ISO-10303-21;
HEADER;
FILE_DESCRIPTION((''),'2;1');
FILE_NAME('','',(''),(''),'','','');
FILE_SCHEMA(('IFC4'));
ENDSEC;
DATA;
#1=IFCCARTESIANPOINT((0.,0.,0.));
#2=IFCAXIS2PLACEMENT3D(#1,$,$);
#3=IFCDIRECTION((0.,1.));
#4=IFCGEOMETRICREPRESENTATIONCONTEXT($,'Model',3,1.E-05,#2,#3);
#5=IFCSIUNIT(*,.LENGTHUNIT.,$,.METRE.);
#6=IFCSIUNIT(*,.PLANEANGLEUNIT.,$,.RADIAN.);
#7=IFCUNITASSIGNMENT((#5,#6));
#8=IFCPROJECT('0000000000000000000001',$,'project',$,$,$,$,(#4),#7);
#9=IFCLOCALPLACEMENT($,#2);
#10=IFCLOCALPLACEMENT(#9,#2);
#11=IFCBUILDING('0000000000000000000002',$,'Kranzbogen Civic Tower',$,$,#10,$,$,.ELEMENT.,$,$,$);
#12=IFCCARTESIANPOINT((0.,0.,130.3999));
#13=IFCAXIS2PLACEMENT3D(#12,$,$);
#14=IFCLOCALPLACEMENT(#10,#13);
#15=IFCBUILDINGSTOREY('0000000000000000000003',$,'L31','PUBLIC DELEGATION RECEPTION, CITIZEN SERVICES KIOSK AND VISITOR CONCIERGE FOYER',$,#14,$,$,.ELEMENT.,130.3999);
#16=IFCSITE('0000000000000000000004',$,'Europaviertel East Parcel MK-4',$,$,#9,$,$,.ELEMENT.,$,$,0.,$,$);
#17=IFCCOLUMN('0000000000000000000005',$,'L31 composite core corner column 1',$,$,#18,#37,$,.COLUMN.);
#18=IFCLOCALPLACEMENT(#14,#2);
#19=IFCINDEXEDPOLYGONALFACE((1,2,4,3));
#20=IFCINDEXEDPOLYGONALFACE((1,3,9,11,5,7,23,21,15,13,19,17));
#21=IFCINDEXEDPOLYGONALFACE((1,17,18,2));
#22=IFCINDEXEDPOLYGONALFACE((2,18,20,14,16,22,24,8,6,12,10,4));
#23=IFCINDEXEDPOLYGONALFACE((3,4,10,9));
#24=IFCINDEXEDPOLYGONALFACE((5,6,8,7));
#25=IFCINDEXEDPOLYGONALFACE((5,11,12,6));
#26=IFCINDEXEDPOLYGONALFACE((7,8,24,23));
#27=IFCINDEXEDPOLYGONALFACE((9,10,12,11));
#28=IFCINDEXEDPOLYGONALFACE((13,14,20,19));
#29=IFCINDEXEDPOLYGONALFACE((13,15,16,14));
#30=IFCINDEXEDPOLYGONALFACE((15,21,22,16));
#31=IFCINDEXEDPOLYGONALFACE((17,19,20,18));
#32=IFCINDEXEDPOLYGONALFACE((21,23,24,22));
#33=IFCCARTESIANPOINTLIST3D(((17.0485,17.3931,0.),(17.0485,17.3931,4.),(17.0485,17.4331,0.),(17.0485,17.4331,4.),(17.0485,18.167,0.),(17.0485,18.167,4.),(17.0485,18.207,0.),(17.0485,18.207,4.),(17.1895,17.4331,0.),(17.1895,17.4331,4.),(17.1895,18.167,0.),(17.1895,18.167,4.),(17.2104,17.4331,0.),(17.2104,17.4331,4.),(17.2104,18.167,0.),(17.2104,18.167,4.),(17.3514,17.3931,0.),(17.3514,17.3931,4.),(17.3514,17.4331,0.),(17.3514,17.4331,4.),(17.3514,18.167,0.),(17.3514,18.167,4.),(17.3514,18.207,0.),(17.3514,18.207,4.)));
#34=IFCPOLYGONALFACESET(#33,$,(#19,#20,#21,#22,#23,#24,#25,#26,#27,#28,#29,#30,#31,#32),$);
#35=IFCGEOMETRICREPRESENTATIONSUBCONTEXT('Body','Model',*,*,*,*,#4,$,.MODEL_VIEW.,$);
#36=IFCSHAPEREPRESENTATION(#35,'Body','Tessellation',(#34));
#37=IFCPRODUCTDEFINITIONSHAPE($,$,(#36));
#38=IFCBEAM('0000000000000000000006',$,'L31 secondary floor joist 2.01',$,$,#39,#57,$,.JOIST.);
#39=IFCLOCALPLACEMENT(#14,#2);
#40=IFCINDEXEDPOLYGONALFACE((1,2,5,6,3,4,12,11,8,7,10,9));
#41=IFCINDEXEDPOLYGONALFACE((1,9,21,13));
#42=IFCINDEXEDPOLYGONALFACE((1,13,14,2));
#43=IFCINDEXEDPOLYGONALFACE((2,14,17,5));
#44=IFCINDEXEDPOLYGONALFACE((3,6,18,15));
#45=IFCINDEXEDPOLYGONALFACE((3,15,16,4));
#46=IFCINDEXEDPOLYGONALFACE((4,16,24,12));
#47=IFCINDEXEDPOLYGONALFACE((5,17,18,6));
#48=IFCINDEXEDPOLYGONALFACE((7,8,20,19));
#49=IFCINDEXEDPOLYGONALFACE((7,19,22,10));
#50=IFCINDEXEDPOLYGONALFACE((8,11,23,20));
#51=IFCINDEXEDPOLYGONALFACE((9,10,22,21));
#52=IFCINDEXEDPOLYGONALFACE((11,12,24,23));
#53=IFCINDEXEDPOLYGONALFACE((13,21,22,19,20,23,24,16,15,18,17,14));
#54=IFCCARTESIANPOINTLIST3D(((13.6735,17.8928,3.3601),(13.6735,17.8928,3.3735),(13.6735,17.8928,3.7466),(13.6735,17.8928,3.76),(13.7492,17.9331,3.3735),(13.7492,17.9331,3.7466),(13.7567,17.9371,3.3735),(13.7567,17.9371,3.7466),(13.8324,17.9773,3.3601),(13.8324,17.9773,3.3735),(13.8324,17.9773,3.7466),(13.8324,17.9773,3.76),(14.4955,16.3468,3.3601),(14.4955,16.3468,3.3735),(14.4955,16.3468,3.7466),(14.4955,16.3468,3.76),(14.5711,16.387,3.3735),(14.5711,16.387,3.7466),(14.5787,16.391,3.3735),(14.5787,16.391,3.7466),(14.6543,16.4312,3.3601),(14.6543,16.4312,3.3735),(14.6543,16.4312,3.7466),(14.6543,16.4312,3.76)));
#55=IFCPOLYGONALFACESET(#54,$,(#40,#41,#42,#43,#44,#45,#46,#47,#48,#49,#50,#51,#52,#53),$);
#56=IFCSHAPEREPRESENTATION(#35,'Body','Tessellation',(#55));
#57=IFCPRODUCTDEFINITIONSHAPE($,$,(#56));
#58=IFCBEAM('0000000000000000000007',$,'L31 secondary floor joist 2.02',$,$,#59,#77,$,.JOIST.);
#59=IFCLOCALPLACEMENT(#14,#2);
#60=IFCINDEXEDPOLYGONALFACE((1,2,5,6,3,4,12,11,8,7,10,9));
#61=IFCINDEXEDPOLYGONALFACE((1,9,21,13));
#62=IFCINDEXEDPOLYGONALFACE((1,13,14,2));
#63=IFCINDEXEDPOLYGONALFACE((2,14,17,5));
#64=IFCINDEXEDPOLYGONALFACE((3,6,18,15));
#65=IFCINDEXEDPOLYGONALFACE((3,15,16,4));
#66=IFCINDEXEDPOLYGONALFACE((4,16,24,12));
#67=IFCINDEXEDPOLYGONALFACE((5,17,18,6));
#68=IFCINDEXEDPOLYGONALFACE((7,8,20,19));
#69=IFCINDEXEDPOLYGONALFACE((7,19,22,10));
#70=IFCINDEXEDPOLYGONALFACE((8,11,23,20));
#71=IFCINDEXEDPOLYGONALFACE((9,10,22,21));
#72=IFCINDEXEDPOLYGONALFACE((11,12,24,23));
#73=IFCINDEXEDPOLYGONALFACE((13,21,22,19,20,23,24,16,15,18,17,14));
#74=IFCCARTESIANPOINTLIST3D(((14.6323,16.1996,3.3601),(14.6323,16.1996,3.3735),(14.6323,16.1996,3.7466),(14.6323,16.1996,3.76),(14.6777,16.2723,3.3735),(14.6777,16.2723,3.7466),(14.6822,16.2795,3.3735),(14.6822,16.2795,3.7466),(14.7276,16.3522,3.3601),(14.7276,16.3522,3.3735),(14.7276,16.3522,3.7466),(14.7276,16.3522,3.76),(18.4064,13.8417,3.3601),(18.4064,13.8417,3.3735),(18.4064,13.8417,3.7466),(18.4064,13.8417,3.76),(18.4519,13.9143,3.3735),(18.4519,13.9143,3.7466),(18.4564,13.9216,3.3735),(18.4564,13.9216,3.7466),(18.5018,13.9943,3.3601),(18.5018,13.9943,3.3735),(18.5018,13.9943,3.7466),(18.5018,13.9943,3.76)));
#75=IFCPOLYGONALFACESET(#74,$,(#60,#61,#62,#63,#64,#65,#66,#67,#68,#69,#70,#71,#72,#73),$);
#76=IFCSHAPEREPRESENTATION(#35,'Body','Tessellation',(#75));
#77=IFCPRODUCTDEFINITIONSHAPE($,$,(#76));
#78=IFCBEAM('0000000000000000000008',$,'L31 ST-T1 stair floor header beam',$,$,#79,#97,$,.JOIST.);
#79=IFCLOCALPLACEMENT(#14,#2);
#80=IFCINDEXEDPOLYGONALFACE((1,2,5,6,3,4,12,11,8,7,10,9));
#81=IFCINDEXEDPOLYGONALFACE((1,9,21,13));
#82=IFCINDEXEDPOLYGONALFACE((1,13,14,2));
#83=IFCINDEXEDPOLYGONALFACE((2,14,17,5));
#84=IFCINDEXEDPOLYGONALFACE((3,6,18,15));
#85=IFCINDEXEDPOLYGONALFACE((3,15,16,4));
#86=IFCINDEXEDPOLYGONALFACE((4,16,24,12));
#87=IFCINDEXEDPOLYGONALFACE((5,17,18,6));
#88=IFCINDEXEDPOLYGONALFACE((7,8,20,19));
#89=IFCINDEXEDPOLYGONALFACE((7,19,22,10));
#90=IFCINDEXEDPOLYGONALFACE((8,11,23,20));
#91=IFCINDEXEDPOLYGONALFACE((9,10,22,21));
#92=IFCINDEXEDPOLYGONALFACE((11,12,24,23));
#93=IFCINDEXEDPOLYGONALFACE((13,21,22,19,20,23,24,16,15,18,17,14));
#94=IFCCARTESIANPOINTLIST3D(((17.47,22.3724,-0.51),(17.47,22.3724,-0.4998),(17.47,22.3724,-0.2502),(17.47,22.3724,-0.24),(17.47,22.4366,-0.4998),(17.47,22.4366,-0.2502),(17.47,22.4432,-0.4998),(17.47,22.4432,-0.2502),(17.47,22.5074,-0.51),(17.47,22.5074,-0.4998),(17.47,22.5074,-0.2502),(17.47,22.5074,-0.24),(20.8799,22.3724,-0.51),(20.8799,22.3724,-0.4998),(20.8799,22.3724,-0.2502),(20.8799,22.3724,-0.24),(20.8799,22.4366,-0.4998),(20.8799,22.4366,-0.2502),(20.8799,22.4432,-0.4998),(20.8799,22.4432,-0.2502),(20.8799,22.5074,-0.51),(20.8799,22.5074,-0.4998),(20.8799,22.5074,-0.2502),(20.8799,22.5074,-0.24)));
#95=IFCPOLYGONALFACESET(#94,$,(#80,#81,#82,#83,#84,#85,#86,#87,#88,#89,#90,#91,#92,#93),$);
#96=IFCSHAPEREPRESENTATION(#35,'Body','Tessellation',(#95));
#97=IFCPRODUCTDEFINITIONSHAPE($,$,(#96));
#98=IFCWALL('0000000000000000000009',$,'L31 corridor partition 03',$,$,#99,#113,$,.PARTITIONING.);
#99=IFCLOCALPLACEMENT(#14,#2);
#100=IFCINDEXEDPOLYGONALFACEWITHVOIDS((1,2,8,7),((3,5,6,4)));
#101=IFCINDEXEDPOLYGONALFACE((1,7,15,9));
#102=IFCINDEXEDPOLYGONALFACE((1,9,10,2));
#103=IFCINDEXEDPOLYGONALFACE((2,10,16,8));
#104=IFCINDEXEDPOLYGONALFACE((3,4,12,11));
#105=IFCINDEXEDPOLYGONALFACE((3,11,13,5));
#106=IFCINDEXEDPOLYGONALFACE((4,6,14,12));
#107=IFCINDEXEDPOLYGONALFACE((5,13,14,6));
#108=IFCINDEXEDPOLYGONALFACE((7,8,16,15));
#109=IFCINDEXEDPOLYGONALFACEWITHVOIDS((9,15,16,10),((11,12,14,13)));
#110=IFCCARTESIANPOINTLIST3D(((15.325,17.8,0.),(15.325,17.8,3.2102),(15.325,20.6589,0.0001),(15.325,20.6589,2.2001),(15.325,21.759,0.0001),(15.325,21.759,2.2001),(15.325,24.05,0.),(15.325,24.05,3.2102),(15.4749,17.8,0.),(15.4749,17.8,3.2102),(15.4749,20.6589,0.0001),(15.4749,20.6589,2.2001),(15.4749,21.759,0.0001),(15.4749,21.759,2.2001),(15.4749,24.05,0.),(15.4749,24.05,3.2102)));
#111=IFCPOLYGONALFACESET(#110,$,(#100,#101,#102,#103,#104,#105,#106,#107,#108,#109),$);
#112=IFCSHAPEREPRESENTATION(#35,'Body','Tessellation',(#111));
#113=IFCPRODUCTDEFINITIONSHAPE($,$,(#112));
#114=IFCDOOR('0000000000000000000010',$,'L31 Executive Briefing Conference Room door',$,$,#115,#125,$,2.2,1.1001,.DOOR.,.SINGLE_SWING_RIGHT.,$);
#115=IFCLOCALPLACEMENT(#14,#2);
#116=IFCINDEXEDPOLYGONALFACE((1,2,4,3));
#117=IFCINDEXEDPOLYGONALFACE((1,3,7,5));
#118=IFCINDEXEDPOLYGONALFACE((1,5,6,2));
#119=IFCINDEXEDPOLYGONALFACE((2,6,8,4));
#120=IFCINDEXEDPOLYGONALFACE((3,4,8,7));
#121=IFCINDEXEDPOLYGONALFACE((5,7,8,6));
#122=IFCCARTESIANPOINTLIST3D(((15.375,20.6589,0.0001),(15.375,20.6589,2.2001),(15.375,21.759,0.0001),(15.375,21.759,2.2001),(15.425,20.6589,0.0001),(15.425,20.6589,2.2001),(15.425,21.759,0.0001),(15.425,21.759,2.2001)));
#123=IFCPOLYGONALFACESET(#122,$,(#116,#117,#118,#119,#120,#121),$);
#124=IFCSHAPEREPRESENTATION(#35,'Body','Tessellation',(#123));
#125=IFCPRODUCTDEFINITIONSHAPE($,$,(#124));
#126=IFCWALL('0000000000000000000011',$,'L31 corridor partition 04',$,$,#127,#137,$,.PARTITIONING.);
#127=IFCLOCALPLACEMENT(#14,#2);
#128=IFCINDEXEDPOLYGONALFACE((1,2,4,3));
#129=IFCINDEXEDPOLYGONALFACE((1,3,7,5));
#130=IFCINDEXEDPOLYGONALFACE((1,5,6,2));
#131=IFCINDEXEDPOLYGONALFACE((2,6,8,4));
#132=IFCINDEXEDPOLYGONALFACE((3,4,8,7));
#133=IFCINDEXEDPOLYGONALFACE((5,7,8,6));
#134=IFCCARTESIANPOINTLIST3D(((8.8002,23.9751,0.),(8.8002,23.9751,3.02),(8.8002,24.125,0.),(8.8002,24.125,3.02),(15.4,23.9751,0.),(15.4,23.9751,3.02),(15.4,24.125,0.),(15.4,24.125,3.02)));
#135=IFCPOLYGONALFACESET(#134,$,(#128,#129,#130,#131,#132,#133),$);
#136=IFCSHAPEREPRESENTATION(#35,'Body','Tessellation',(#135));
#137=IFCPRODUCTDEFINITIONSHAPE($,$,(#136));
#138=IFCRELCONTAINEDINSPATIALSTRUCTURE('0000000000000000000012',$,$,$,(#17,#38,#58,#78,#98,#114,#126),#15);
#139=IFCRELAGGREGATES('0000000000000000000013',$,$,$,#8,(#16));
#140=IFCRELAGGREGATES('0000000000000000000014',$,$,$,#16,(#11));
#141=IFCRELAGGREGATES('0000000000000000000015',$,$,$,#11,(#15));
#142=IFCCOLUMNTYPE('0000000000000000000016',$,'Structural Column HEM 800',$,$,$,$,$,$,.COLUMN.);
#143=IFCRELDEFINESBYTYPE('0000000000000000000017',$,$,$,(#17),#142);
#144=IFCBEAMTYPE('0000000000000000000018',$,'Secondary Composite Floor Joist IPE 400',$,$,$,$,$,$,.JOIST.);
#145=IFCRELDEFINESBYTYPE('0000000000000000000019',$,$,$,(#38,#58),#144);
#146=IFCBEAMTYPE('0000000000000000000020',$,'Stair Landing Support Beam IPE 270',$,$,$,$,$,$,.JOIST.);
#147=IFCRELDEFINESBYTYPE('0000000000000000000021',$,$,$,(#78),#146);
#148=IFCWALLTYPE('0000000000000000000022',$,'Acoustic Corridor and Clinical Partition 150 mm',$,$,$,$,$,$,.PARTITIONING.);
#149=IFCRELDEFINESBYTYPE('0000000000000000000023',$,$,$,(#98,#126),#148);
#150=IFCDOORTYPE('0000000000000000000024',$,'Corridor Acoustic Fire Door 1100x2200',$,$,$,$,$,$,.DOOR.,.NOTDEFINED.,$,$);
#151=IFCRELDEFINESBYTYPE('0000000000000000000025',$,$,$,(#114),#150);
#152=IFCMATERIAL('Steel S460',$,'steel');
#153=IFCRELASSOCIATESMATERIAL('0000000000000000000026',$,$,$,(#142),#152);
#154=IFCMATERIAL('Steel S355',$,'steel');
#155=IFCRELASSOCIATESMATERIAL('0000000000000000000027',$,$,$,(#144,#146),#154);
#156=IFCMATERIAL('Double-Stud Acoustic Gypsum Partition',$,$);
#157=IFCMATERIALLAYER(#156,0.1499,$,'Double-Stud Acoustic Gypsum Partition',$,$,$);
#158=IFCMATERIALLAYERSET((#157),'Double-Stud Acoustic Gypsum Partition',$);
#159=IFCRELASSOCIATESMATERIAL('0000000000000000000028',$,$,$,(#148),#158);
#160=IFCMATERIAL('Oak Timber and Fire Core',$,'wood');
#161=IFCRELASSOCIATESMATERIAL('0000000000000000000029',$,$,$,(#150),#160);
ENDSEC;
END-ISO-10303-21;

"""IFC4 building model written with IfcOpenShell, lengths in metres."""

from ifc_helpers import new_model, si_unit, direction, frame, frame_2d, origin, origin_2d, place, context, subcontext, project, spatial, rectangle, i_section, extrude, material, layer, layer_set, material_profile, profile_set, type_object, element, fill, save


model = new_model("IFC4")

# Units and contexts
model_context = context("Model", 3, precision=1e-05, world=origin(), true_north=direction((0.0, 1.0)))
body_context = subcontext(model_context, "Body", "Model", "MODEL_VIEW")
ifc_project = project(units=[si_unit("LENGTHUNIT", "METRE"), si_unit("PLANEANGLEUNIT", "RADIAN")], contexts=[model_context])

# Site, building, storey
site_placement = place(None, origin())
site = spatial("IfcSite", under=ifc_project, at=site_placement, Name="Europaviertel East Parcel MK-4", CompositionType="ELEMENT", RefElevation=0.0)
building_placement = place(site_placement, origin())
building = spatial("IfcBuilding", under=site, at=building_placement, Name="Kranzbogen Civic Tower", CompositionType="ELEMENT")
storey_placement = place(building_placement, frame((0.0, 0.0, 130.3999)))
storey = spatial("IfcBuildingStorey", under=building, at=storey_placement, Name="L31", Description="PUBLIC DELEGATION RECEPTION, CITIZEN SERVICES KIOSK AND VISITOR CONCIERGE FOYER", CompositionType="ELEMENT", Elevation=130.3999)

# Column
ifc_material_1 = material(Name="Steel S460", Category="steel")
ifc_material_profile_1 = material_profile(ifc_material_1, i_section(OverallWidth=0.303, OverallDepth=0.814, WebThickness=0.021, FlangeThickness=0.04, at=origin_2d()), Name="HEM 800")
ifc_profile_set_1 = profile_set([ifc_material_profile_1], Name="Steel S460")
column_type = type_object("IfcColumnType", Name="Structural Column HEM 800", PredefinedType="COLUMN", material=ifc_profile_set_1)
column_placement = place(storey_placement, frame((17.2, 17.8, 0.0), z_axis=(0.0, 0.0, 1.0), x_axis=(1.0, 0.0, 0.0)))
element("IfcColumn", 1, at=column_placement, inside=storey, type_object=column_type, Name="L31 composite core corner column 1", PredefinedType="COLUMN", context=body_context, shape_type="SweptSolid", body=[
    extrude(i_section(OverallWidth=0.303, OverallDepth=0.814, WebThickness=0.021, FlangeThickness=0.04, at=origin_2d()), origin(), (0.0, 0.0, 1.0), 4.0),
])

# Beams
ifc_material_2 = material(Name="Steel S355", Category="steel")
ifc_material_profile_2 = material_profile(ifc_material_2, i_section(OverallWidth=0.1799, OverallDepth=0.3999, WebThickness=0.0085, FlangeThickness=0.0134, at=origin_2d()), Name="IPE 400")
ifc_profile_set_2 = profile_set([ifc_material_profile_2], Name="Steel S355")
beam_type_1 = type_object("IfcBeamType", Name="Secondary Composite Floor Joist IPE 400", PredefinedType="JOIST", material=ifc_profile_set_2)
beam_1_placement = place(storey_placement, frame((13.7529, 17.9351, 3.5601), z_axis=(0.469437, -0.882966, 0.0), x_axis=(0.882966, 0.469437, 0.0)))
element("IfcBeam", 2, at=beam_1_placement, inside=storey, type_object=beam_type_1, Name="L31 secondary floor joist 2.01", PredefinedType="JOIST", context=body_context, shape_type="SweptSolid", body=[
    extrude(i_section(OverallWidth=0.1799, OverallDepth=0.3999, WebThickness=0.0085, FlangeThickness=0.0134, at=origin_2d()), origin(), (0.0, 0.0, 1.0), 1.751),
])
beam_2_placement = place(storey_placement, frame((14.6799, 16.2759, 3.5601), z_axis=(0.848094, -0.529846, 0.0), x_axis=(0.529846, 0.848094, 0.0)))
element("IfcBeam", 3, at=beam_2_placement, inside=storey, type_object=beam_type_1, Name="L31 secondary floor joist 2.02", PredefinedType="JOIST", context=body_context, shape_type="SweptSolid", body=[
    extrude(i_section(OverallWidth=0.1799, OverallDepth=0.3999, WebThickness=0.0085, FlangeThickness=0.0134, at=origin_2d()), origin(), (0.0, 0.0, 1.0), 4.4502),
])
ifc_material_profile_3 = material_profile(ifc_material_2, i_section(OverallWidth=0.135, OverallDepth=0.27, WebThickness=0.0066, FlangeThickness=0.0103, at=origin_2d()), Name="IPE 270")
ifc_profile_set_3 = profile_set([ifc_material_profile_3], Name="Steel S355")
beam_type_2 = type_object("IfcBeamType", Name="Stair Landing Support Beam IPE 270", PredefinedType="JOIST", material=ifc_profile_set_3)
beam_3_placement = place(storey_placement, frame((20.8799, 22.4399, -0.375), z_axis=(-1.0, 0.0, 0.0), x_axis=(0.0, -1.0, 0.0)))
element("IfcBeam", 4, at=beam_3_placement, inside=storey, type_object=beam_type_2, Name="L31 ST-T1 stair floor header beam", PredefinedType="JOIST", context=body_context, shape_type="SweptSolid", body=[
    extrude(i_section(OverallWidth=0.135, OverallDepth=0.27, WebThickness=0.0066, FlangeThickness=0.0103, at=origin_2d()), origin(), (0.0, 0.0, 1.0), 3.4099),
])

# Wall, opening, door
ifc_material_3 = material(Name="Double-Stud Acoustic Gypsum Partition")
ifc_layer_1 = layer(ifc_material_3, 0.1499, Name="Double-Stud Acoustic Gypsum Partition")
ifc_layer_set_1 = layer_set([ifc_layer_1], Name="Double-Stud Acoustic Gypsum Partition")
wall_type_1 = type_object("IfcWallType", Name="Acoustic Corridor and Clinical Partition 150 mm", PredefinedType="PARTITIONING", material=ifc_layer_set_1)
wall_1_placement = place(storey_placement, frame((15.3999, 17.8, 0.0), z_axis=(0.0, 0.0, 1.0), x_axis=(0.0, 1.0, 0.0)))
wall_1 = element("IfcWall", 5, at=wall_1_placement, inside=storey, type_object=wall_type_1, Name="L31 corridor partition 03", PredefinedType="PARTITIONING", context=body_context, shape_type="SweptSolid", body=[
    extrude(rectangle(XDim=6.25, YDim=0.1499, at=frame_2d((3.125, 0.0))), origin(), (0.0, 0.0, 1.0), 3.2102),
])
opening_1_placement = place(wall_1_placement, frame((2.8589, 0.0, 0.0)))
opening_1 = element("IfcOpeningElement", 6, at=opening_1_placement, cuts=wall_1, PredefinedType="OPENING", context=body_context, shape_type="SweptSolid", body=[
    extrude(rectangle(XDim=1.1001, YDim=2.2, at=frame_2d((0.55, 1.1001))), frame((0.0, 0.085, 0.0), z_axis=(0.0, -1.0, 0.0), x_axis=(1.0, 0.0, 0.0)), (0.0, 0.0, 1.0), 0.1699),
])
ifc_material_4 = material(Name="Oak Timber and Fire Core", Category="wood")
door_type_1 = type_object("IfcDoorType", Name="Corridor Acoustic Fire Door 1100x2200", OperationType="NOTDEFINED", PredefinedType="DOOR", material=ifc_material_4)
door_1_placement = place(opening_1_placement, origin())
door_1 = element("IfcDoor", 7, at=door_1_placement, inside=storey, type_object=door_type_1, Name="L31 Executive Briefing Conference Room door", OperationType="SINGLE_SWING_RIGHT", OverallHeight=2.2, OverallWidth=1.1001, PredefinedType="DOOR", context=body_context, shape_type="SweptSolid", body=[
    extrude(rectangle(XDim=1.1001, YDim=2.2, at=frame_2d((0.55, 1.1001))), frame((0.0, 0.0249, 0.0), z_axis=(0.0, -1.0, 0.0), x_axis=(1.0, 0.0, 0.0)), (0.0, 0.0, 1.0), 0.05),
])
fill(opening_1, door_1)

# Wall
wall_2_placement = place(storey_placement, frame((15.3999, 24.05, 0.0), z_axis=(0.0, 0.0, 1.0), x_axis=(-1.0, 0.0, 0.0)))
element("IfcWall", 8, at=wall_2_placement, inside=storey, type_object=wall_type_1, Name="L31 corridor partition 04", PredefinedType="PARTITIONING", context=body_context, shape_type="SweptSolid", body=[
    extrude(rectangle(XDim=6.5999, YDim=0.1499, at=frame_2d((3.2998, 0.0))), origin(), (0.0, 0.0, 1.0), 3.02),
])

save(model, "model.ifc")
